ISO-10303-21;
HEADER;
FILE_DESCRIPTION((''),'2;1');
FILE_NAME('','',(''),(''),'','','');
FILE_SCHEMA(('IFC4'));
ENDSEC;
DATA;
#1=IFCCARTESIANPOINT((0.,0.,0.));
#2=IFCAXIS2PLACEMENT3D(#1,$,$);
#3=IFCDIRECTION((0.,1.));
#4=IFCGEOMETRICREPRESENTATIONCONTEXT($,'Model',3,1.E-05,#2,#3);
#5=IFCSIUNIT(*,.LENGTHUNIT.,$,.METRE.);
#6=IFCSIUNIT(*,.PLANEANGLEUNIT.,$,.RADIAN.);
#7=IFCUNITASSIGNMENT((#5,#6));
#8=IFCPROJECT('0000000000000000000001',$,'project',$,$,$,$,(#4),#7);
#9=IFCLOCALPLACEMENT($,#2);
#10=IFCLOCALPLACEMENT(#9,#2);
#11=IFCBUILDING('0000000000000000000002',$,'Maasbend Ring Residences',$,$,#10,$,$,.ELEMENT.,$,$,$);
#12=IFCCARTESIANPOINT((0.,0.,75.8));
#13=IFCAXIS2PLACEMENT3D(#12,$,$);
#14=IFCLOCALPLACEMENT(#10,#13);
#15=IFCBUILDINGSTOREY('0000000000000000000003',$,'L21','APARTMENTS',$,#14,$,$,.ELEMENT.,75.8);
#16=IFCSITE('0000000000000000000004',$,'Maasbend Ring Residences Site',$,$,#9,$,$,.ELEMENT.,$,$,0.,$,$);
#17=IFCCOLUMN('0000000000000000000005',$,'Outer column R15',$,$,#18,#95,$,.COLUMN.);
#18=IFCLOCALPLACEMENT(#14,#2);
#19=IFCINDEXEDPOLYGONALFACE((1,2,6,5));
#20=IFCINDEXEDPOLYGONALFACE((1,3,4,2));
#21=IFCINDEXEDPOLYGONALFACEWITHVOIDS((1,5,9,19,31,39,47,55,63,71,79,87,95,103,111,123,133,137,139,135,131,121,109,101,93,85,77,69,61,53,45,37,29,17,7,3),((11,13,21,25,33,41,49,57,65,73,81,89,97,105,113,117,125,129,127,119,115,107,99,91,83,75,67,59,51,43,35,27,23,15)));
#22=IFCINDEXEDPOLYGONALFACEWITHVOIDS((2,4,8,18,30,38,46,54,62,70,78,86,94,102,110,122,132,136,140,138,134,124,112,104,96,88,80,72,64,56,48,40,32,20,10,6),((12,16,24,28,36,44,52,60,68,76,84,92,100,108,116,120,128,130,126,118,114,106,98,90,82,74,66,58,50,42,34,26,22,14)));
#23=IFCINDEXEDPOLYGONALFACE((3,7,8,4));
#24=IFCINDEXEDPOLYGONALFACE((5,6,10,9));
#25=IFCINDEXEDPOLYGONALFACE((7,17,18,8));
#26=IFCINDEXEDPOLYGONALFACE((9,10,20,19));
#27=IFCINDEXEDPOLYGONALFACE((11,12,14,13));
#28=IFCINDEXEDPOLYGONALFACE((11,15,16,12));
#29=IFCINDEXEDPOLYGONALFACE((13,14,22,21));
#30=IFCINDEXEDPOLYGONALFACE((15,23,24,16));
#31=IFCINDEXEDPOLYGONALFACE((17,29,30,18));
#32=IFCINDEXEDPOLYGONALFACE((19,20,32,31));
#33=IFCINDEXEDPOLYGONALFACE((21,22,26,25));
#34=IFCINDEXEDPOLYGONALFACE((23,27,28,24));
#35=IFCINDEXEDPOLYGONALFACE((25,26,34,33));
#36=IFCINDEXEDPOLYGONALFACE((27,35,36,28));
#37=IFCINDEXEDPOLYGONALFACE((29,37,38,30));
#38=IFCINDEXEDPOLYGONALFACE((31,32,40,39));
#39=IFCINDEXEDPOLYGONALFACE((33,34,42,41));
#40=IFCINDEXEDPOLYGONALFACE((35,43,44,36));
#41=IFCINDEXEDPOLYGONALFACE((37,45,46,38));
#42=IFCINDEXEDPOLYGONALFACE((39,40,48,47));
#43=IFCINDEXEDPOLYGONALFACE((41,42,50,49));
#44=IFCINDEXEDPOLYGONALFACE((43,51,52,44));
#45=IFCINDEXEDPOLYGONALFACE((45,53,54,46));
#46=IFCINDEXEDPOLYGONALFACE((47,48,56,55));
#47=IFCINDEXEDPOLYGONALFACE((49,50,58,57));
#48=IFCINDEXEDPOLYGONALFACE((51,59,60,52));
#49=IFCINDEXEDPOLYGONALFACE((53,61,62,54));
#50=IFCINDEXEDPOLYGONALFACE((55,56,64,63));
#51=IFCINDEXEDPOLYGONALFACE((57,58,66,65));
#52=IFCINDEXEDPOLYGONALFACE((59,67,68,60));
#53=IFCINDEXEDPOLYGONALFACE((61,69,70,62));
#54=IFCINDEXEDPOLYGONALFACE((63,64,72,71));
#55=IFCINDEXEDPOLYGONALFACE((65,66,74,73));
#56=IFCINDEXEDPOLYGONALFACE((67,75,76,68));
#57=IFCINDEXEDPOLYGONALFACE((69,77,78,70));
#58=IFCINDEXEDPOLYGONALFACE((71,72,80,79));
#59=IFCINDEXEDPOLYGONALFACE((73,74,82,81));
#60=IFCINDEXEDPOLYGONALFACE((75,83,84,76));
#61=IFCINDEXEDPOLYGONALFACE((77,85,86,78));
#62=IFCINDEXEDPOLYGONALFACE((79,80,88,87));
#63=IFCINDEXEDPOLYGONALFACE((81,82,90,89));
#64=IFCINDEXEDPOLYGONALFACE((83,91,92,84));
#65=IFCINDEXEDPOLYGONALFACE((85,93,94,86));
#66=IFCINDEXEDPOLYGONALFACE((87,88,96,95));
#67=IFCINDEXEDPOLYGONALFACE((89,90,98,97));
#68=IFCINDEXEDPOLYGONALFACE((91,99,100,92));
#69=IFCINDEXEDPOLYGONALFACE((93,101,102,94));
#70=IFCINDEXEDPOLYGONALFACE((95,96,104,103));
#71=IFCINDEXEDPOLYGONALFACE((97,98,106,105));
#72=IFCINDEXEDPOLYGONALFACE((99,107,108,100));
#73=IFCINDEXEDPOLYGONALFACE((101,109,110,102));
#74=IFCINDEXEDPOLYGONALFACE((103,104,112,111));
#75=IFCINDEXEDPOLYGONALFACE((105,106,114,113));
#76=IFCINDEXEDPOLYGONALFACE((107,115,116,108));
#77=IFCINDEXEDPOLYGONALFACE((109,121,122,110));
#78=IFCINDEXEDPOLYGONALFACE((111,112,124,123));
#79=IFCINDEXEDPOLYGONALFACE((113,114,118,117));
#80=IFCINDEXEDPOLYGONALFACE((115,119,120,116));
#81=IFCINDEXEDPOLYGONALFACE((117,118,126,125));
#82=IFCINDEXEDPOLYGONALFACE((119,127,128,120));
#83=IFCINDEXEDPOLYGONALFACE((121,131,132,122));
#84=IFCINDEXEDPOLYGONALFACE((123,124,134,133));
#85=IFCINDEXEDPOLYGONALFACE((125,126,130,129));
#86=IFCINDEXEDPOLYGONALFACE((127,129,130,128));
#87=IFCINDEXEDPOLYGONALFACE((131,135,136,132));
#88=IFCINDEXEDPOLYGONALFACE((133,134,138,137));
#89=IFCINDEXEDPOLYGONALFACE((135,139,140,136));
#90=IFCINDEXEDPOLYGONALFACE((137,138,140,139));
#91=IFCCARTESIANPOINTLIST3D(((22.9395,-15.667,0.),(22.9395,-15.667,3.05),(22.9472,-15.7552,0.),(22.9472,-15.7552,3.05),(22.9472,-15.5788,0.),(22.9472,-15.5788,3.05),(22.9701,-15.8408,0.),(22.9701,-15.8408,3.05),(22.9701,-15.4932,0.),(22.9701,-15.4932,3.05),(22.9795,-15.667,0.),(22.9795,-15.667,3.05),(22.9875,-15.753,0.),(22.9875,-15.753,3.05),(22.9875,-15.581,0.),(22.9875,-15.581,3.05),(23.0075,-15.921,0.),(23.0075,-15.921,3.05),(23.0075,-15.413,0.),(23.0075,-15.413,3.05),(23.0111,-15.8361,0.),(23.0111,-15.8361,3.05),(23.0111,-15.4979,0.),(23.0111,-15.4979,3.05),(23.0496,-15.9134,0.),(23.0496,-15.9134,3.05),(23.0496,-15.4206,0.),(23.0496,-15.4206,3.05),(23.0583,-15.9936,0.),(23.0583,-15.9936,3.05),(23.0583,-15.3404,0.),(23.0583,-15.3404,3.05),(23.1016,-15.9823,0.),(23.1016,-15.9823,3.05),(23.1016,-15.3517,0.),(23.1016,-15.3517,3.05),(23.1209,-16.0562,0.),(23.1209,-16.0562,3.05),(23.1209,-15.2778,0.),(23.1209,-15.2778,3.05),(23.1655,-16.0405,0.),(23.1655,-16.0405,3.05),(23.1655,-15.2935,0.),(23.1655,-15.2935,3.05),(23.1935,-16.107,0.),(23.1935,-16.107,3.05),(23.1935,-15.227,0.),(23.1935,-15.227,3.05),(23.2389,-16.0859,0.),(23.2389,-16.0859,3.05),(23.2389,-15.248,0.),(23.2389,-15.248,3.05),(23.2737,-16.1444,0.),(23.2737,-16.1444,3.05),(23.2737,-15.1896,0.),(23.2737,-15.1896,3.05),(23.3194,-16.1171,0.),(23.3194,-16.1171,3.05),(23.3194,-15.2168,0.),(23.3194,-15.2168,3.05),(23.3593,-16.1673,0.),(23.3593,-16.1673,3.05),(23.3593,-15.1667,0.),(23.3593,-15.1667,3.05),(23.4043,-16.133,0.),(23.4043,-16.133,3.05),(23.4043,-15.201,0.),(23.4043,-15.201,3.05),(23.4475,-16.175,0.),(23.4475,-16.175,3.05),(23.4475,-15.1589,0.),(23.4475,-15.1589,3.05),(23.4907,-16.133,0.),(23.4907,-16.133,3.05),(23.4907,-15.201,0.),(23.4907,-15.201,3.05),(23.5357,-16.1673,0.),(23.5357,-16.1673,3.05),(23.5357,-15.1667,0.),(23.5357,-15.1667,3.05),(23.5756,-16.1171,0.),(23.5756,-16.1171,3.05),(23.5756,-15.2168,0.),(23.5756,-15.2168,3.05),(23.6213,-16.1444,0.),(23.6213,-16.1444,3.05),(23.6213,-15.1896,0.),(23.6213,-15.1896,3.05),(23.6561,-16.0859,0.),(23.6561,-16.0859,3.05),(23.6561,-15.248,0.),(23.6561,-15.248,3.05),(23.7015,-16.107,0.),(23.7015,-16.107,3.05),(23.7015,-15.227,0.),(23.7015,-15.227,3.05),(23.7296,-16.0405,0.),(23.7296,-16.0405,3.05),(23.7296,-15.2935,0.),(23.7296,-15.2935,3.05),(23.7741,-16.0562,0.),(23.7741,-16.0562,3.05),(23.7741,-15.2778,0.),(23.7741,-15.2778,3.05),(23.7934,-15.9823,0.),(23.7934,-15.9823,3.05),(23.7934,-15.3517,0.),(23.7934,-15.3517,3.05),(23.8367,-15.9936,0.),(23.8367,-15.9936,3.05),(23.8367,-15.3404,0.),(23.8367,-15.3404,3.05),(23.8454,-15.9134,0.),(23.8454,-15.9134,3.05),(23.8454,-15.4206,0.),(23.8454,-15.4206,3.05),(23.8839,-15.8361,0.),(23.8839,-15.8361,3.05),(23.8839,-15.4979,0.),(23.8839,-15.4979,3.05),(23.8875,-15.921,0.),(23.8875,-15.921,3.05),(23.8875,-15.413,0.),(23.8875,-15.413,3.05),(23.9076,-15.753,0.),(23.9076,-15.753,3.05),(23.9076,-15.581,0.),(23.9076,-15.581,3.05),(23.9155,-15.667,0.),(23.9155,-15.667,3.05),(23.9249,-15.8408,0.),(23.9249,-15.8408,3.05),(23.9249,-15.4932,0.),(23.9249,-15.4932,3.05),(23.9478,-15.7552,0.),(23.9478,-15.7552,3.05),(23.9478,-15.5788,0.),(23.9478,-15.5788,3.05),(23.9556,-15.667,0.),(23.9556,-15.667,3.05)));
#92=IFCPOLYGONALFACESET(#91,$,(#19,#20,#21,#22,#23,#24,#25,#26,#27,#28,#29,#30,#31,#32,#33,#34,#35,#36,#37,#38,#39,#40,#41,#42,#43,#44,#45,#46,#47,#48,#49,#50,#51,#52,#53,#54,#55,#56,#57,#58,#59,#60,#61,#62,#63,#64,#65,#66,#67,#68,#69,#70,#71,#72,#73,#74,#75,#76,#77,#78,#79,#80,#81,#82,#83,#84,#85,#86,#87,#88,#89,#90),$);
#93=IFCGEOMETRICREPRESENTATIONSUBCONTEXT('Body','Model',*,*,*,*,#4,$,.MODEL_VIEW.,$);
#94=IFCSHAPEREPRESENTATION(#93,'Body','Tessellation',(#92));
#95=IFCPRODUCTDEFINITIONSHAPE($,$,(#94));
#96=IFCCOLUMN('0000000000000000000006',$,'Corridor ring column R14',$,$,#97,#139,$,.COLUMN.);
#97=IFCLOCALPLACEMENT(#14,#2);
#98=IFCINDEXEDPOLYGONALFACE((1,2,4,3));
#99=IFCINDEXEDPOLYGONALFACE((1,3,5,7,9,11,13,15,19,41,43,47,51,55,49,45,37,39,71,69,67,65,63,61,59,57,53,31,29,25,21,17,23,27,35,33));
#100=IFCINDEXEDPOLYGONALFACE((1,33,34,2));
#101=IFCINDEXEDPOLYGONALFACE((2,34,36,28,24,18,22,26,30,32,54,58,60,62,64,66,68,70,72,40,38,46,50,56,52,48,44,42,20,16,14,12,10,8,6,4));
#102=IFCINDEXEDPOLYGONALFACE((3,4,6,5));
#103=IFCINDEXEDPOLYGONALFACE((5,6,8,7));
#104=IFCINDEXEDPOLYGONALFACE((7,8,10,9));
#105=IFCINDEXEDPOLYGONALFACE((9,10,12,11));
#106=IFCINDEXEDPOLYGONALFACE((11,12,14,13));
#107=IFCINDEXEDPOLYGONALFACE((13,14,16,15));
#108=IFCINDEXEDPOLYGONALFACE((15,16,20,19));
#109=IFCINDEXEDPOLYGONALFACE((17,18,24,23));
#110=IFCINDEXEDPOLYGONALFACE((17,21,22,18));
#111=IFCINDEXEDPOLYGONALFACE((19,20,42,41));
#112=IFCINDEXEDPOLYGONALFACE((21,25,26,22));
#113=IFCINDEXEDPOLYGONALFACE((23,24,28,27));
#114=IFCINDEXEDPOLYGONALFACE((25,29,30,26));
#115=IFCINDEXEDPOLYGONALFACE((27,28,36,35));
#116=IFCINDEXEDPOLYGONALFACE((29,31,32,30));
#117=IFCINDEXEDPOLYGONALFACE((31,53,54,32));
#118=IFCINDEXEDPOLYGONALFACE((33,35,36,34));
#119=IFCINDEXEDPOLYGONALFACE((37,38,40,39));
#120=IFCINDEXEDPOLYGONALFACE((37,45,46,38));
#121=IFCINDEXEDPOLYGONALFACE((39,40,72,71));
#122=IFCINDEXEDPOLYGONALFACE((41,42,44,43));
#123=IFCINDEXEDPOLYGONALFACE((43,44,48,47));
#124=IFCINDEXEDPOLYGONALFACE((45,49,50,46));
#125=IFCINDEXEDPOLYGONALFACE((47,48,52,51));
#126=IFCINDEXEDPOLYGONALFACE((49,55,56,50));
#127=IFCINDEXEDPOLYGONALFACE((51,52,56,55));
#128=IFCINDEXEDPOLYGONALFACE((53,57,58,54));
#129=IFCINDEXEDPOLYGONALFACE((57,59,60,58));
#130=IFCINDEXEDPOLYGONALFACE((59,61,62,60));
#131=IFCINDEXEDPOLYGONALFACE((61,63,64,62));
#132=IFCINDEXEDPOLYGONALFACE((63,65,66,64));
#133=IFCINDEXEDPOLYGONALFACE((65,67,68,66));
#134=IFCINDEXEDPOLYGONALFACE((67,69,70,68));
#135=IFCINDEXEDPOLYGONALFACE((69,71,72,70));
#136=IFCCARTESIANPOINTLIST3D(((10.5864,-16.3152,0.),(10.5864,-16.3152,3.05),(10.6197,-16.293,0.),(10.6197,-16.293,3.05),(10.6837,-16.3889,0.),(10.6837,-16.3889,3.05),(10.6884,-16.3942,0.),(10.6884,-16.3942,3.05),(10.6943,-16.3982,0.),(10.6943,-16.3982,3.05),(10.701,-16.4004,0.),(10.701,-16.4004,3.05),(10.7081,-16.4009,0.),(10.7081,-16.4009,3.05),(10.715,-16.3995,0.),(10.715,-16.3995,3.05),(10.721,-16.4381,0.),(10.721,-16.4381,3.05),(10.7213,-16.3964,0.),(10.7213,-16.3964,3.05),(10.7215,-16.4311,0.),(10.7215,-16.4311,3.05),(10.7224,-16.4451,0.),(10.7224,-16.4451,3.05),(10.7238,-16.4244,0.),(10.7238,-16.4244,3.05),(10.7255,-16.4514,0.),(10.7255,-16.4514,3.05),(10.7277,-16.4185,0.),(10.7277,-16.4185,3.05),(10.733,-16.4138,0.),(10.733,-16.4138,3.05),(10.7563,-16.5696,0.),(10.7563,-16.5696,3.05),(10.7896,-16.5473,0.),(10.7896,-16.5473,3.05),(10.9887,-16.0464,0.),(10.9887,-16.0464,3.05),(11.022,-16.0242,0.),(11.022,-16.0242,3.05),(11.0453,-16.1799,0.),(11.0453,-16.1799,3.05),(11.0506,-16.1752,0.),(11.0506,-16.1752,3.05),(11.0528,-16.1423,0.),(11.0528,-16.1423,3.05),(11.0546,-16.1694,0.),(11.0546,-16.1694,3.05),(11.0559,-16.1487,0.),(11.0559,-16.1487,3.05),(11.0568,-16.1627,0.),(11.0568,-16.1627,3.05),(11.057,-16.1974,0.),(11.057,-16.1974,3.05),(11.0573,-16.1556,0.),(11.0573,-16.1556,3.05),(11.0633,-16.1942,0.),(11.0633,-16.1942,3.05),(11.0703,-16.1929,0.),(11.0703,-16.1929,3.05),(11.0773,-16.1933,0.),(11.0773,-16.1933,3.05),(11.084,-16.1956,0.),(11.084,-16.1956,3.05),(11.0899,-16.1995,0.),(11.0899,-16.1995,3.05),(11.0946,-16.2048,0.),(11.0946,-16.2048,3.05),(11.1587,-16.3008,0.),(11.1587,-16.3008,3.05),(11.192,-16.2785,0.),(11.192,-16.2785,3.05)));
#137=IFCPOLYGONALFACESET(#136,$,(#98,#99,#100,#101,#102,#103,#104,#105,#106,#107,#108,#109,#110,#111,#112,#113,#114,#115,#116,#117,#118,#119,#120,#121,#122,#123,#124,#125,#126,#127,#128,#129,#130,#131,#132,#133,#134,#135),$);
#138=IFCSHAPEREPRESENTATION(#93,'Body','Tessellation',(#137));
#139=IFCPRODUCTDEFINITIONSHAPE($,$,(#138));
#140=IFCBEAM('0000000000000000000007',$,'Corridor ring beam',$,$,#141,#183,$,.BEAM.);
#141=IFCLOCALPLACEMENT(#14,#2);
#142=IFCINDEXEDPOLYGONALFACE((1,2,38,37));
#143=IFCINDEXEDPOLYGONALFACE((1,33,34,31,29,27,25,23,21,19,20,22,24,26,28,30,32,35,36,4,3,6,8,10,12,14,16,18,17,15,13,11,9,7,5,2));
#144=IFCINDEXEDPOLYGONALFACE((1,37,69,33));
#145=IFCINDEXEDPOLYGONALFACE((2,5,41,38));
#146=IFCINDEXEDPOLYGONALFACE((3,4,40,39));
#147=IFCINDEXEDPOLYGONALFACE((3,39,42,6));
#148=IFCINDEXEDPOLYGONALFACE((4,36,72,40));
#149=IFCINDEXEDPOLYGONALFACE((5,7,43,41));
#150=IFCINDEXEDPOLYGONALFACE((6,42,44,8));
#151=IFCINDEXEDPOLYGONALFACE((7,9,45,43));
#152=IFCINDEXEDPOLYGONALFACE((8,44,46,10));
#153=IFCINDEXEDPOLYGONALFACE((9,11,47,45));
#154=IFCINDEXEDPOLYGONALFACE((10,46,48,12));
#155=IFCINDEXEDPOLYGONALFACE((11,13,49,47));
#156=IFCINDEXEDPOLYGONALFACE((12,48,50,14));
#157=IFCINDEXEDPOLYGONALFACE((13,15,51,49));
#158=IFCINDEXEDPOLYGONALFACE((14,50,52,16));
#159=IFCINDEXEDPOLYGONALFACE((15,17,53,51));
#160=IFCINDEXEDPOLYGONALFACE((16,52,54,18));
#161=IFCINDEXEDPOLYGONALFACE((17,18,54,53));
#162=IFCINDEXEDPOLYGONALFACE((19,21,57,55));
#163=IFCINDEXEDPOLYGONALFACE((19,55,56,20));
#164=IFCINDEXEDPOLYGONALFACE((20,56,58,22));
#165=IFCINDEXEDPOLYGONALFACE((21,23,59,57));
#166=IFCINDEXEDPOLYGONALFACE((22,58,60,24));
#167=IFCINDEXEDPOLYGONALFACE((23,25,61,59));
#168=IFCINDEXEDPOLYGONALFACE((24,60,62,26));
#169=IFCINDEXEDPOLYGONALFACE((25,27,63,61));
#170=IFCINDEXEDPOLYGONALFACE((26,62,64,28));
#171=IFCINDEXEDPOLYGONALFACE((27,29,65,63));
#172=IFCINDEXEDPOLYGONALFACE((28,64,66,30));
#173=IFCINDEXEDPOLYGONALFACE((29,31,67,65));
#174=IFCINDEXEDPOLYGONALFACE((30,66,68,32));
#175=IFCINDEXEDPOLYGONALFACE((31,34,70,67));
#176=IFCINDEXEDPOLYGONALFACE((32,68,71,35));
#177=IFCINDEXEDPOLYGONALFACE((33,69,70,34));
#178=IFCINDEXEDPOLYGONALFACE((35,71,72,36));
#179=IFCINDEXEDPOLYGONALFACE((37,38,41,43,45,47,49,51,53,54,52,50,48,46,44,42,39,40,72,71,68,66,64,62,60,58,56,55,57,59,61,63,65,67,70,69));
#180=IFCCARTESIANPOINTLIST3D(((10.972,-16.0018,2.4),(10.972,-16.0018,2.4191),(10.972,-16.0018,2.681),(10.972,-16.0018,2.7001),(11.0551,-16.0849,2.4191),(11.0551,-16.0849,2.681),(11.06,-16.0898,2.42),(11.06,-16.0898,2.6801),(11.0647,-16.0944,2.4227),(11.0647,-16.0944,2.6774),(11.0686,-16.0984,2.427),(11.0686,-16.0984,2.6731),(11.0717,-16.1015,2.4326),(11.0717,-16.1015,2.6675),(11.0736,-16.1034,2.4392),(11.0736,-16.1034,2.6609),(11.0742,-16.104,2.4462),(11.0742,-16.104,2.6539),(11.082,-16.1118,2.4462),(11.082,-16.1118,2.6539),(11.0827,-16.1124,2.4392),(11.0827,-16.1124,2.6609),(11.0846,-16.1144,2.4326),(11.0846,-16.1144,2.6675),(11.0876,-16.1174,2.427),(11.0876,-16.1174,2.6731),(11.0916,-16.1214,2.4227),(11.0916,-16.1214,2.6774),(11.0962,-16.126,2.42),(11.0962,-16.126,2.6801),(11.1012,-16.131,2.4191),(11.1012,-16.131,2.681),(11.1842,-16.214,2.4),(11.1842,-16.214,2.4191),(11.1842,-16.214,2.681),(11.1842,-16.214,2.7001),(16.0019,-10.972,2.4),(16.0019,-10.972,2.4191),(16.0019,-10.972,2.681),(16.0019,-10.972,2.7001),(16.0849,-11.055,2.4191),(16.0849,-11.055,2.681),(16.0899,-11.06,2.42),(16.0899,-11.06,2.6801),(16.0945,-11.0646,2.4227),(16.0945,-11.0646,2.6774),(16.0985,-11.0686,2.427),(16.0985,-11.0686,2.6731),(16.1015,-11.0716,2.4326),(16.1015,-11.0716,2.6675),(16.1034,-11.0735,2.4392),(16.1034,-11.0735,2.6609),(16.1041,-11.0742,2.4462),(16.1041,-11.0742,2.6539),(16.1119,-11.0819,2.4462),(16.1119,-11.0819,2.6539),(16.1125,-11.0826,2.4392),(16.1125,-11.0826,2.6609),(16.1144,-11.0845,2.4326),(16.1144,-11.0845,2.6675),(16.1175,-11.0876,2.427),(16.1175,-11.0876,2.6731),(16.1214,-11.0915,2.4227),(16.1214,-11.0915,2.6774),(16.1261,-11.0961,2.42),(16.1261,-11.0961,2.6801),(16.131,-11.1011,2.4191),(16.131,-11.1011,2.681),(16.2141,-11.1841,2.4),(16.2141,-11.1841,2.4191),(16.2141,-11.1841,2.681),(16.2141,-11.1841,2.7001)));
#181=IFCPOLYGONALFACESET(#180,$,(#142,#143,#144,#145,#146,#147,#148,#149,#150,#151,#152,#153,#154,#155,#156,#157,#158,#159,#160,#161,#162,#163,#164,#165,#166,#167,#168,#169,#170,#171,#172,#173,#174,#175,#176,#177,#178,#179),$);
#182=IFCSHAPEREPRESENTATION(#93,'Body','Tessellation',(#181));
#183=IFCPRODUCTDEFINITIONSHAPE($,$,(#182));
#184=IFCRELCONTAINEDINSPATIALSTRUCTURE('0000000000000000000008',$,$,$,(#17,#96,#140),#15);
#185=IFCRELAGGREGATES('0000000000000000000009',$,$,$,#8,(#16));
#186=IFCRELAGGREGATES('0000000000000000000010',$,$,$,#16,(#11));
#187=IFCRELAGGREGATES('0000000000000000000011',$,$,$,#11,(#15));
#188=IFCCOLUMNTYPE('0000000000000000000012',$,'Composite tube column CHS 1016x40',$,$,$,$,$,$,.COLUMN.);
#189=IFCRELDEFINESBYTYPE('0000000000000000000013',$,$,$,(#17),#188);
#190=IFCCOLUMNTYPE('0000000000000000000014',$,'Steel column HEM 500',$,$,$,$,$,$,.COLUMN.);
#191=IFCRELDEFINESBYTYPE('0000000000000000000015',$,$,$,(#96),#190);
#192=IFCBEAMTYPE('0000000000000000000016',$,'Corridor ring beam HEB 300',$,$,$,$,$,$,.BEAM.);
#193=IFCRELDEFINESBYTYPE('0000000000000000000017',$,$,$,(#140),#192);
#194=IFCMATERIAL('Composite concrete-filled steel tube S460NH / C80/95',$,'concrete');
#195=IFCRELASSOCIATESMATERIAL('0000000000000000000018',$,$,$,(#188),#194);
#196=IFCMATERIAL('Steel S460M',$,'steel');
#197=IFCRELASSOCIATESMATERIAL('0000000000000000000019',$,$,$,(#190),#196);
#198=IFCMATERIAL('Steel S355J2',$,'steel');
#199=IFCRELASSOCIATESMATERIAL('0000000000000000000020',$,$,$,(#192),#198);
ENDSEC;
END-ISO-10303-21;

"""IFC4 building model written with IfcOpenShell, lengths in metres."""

from ifc_helpers import new_model, si_unit, direction, frame, origin, origin_2d, place, context, subcontext, project, spatial, hollow_circle, i_section, extrude, material, material_profile, profile_set, type_object, element, save


model = new_model("IFC4")

# Units and contexts
model_context = context("Model", 3, precision=1e-05, world=origin(), true_north=direction((0.0, 1.0)))
body_context = subcontext(model_context, "Body", "Model", "MODEL_VIEW")
ifc_project = project(units=[si_unit("LENGTHUNIT", "METRE"), si_unit("PLANEANGLEUNIT", "RADIAN")], contexts=[model_context])

# Site, building, storey
site_placement = place(None, origin())
site = spatial("IfcSite", under=ifc_project, at=site_placement, Name="Maasbend Ring Residences Site", CompositionType="ELEMENT", RefElevation=0.0)
building_placement = place(site_placement, origin())
building = spatial("IfcBuilding", under=site, at=building_placement, Name="Maasbend Ring Residences", CompositionType="ELEMENT")
storey_placement = place(building_placement, frame((0.0, 0.0, 75.8)))
storey = spatial("IfcBuildingStorey", under=building, at=storey_placement, Name="L21", Description="APARTMENTS", CompositionType="ELEMENT", Elevation=75.8)

# Columns
ifc_material_1 = material(Name="Composite concrete-filled steel tube S460NH / C80/95", Category="concrete")
ifc_material_profile_1 = material_profile(ifc_material_1, hollow_circle(Radius=0.5081, WallThickness=0.04, at=origin_2d()), Name="Composite tube column CHS 1016x40")
ifc_profile_set_1 = profile_set([ifc_material_profile_1], Name="Composite concrete-filled steel tube S460NH / C80/95")
column_type_1 = type_object("IfcColumnType", Name="Composite tube column CHS 1016x40", PredefinedType="COLUMN", material=ifc_profile_set_1)
column_1_placement = place(storey_placement, frame((23.4475, -15.667, 0.0), z_axis=(0.0, 0.0, 1.0), x_axis=(1.0, 0.0, 0.0)))
element("IfcColumn", 1, at=column_1_placement, inside=storey, type_object=column_type_1, Name="Outer column R15", PredefinedType="COLUMN", context=body_context, shape_type="SweptSolid", body=[
    extrude(hollow_circle(Radius=0.5081, WallThickness=0.04, at=origin_2d()), origin(), (0.0, 0.0, 1.0), 3.05),
])
ifc_material_2 = material(Name="Steel S460M", Category="steel")
ifc_material_profile_2 = material_profile(ifc_material_2, i_section(OverallWidth=0.3059, OverallDepth=0.5239, WebThickness=0.021, FlangeThickness=0.04, FilletRadius=0.0271, at=origin_2d()), Name="HEM 500")
ifc_profile_set_2 = profile_set([ifc_material_profile_2], Name="Steel S460M")
column_type_2 = type_object("IfcColumnType", Name="Steel column HEM 500", PredefinedType="COLUMN", material=ifc_profile_set_2)
column_2_placement = place(storey_placement, frame((10.8892, -16.2969, 0.0), z_axis=(0.0, 0.0, 1.0), x_axis=(0.55557, -0.83147, 0.0)))
element("IfcColumn", 2, at=column_2_placement, inside=storey, type_object=column_type_2, Name="Corridor ring column R14", PredefinedType="COLUMN", context=body_context, shape_type="SweptSolid", body=[
    extrude(i_section(OverallWidth=0.3059, OverallDepth=0.5239, WebThickness=0.021, FlangeThickness=0.04, FilletRadius=0.0271, at=origin_2d()), origin(), (0.0, 0.0, 1.0), 3.05),
])

# Beam
ifc_material_3 = material(Name="Steel S355J2", Category="steel")
ifc_material_profile_3 = material_profile(ifc_material_3, i_section(OverallWidth=0.3, OverallDepth=0.3, WebThickness=0.011, FlangeThickness=0.019, FilletRadius=0.0271, at=origin_2d()), Name="HEB 300")
ifc_profile_set_3 = profile_set([ifc_material_profile_3], Name="Steel S355J2")
beam_type = type_object("IfcBeamType", Name="Corridor ring beam HEB 300", PredefinedType="BEAM", material=ifc_profile_set_3)
beam_placement = place(storey_placement, frame((11.0781, -16.1079, 2.55), z_axis=(0.707107, 0.707107, 0.0), x_axis=(-0.707107, 0.707107, 0.0)))
element("IfcBeam", 3, at=beam_placement, inside=storey, type_object=beam_type, Name="Corridor ring beam", PredefinedType="BEAM", context=body_context, shape_type="SweptSolid", body=[
    extrude(i_section(OverallWidth=0.3, OverallDepth=0.3, WebThickness=0.011, FlangeThickness=0.019, FilletRadius=0.0271, at=origin_2d()), origin(), (0.0, 0.0, 1.0), 7.1133),
])

save(model, "model.ifc")
